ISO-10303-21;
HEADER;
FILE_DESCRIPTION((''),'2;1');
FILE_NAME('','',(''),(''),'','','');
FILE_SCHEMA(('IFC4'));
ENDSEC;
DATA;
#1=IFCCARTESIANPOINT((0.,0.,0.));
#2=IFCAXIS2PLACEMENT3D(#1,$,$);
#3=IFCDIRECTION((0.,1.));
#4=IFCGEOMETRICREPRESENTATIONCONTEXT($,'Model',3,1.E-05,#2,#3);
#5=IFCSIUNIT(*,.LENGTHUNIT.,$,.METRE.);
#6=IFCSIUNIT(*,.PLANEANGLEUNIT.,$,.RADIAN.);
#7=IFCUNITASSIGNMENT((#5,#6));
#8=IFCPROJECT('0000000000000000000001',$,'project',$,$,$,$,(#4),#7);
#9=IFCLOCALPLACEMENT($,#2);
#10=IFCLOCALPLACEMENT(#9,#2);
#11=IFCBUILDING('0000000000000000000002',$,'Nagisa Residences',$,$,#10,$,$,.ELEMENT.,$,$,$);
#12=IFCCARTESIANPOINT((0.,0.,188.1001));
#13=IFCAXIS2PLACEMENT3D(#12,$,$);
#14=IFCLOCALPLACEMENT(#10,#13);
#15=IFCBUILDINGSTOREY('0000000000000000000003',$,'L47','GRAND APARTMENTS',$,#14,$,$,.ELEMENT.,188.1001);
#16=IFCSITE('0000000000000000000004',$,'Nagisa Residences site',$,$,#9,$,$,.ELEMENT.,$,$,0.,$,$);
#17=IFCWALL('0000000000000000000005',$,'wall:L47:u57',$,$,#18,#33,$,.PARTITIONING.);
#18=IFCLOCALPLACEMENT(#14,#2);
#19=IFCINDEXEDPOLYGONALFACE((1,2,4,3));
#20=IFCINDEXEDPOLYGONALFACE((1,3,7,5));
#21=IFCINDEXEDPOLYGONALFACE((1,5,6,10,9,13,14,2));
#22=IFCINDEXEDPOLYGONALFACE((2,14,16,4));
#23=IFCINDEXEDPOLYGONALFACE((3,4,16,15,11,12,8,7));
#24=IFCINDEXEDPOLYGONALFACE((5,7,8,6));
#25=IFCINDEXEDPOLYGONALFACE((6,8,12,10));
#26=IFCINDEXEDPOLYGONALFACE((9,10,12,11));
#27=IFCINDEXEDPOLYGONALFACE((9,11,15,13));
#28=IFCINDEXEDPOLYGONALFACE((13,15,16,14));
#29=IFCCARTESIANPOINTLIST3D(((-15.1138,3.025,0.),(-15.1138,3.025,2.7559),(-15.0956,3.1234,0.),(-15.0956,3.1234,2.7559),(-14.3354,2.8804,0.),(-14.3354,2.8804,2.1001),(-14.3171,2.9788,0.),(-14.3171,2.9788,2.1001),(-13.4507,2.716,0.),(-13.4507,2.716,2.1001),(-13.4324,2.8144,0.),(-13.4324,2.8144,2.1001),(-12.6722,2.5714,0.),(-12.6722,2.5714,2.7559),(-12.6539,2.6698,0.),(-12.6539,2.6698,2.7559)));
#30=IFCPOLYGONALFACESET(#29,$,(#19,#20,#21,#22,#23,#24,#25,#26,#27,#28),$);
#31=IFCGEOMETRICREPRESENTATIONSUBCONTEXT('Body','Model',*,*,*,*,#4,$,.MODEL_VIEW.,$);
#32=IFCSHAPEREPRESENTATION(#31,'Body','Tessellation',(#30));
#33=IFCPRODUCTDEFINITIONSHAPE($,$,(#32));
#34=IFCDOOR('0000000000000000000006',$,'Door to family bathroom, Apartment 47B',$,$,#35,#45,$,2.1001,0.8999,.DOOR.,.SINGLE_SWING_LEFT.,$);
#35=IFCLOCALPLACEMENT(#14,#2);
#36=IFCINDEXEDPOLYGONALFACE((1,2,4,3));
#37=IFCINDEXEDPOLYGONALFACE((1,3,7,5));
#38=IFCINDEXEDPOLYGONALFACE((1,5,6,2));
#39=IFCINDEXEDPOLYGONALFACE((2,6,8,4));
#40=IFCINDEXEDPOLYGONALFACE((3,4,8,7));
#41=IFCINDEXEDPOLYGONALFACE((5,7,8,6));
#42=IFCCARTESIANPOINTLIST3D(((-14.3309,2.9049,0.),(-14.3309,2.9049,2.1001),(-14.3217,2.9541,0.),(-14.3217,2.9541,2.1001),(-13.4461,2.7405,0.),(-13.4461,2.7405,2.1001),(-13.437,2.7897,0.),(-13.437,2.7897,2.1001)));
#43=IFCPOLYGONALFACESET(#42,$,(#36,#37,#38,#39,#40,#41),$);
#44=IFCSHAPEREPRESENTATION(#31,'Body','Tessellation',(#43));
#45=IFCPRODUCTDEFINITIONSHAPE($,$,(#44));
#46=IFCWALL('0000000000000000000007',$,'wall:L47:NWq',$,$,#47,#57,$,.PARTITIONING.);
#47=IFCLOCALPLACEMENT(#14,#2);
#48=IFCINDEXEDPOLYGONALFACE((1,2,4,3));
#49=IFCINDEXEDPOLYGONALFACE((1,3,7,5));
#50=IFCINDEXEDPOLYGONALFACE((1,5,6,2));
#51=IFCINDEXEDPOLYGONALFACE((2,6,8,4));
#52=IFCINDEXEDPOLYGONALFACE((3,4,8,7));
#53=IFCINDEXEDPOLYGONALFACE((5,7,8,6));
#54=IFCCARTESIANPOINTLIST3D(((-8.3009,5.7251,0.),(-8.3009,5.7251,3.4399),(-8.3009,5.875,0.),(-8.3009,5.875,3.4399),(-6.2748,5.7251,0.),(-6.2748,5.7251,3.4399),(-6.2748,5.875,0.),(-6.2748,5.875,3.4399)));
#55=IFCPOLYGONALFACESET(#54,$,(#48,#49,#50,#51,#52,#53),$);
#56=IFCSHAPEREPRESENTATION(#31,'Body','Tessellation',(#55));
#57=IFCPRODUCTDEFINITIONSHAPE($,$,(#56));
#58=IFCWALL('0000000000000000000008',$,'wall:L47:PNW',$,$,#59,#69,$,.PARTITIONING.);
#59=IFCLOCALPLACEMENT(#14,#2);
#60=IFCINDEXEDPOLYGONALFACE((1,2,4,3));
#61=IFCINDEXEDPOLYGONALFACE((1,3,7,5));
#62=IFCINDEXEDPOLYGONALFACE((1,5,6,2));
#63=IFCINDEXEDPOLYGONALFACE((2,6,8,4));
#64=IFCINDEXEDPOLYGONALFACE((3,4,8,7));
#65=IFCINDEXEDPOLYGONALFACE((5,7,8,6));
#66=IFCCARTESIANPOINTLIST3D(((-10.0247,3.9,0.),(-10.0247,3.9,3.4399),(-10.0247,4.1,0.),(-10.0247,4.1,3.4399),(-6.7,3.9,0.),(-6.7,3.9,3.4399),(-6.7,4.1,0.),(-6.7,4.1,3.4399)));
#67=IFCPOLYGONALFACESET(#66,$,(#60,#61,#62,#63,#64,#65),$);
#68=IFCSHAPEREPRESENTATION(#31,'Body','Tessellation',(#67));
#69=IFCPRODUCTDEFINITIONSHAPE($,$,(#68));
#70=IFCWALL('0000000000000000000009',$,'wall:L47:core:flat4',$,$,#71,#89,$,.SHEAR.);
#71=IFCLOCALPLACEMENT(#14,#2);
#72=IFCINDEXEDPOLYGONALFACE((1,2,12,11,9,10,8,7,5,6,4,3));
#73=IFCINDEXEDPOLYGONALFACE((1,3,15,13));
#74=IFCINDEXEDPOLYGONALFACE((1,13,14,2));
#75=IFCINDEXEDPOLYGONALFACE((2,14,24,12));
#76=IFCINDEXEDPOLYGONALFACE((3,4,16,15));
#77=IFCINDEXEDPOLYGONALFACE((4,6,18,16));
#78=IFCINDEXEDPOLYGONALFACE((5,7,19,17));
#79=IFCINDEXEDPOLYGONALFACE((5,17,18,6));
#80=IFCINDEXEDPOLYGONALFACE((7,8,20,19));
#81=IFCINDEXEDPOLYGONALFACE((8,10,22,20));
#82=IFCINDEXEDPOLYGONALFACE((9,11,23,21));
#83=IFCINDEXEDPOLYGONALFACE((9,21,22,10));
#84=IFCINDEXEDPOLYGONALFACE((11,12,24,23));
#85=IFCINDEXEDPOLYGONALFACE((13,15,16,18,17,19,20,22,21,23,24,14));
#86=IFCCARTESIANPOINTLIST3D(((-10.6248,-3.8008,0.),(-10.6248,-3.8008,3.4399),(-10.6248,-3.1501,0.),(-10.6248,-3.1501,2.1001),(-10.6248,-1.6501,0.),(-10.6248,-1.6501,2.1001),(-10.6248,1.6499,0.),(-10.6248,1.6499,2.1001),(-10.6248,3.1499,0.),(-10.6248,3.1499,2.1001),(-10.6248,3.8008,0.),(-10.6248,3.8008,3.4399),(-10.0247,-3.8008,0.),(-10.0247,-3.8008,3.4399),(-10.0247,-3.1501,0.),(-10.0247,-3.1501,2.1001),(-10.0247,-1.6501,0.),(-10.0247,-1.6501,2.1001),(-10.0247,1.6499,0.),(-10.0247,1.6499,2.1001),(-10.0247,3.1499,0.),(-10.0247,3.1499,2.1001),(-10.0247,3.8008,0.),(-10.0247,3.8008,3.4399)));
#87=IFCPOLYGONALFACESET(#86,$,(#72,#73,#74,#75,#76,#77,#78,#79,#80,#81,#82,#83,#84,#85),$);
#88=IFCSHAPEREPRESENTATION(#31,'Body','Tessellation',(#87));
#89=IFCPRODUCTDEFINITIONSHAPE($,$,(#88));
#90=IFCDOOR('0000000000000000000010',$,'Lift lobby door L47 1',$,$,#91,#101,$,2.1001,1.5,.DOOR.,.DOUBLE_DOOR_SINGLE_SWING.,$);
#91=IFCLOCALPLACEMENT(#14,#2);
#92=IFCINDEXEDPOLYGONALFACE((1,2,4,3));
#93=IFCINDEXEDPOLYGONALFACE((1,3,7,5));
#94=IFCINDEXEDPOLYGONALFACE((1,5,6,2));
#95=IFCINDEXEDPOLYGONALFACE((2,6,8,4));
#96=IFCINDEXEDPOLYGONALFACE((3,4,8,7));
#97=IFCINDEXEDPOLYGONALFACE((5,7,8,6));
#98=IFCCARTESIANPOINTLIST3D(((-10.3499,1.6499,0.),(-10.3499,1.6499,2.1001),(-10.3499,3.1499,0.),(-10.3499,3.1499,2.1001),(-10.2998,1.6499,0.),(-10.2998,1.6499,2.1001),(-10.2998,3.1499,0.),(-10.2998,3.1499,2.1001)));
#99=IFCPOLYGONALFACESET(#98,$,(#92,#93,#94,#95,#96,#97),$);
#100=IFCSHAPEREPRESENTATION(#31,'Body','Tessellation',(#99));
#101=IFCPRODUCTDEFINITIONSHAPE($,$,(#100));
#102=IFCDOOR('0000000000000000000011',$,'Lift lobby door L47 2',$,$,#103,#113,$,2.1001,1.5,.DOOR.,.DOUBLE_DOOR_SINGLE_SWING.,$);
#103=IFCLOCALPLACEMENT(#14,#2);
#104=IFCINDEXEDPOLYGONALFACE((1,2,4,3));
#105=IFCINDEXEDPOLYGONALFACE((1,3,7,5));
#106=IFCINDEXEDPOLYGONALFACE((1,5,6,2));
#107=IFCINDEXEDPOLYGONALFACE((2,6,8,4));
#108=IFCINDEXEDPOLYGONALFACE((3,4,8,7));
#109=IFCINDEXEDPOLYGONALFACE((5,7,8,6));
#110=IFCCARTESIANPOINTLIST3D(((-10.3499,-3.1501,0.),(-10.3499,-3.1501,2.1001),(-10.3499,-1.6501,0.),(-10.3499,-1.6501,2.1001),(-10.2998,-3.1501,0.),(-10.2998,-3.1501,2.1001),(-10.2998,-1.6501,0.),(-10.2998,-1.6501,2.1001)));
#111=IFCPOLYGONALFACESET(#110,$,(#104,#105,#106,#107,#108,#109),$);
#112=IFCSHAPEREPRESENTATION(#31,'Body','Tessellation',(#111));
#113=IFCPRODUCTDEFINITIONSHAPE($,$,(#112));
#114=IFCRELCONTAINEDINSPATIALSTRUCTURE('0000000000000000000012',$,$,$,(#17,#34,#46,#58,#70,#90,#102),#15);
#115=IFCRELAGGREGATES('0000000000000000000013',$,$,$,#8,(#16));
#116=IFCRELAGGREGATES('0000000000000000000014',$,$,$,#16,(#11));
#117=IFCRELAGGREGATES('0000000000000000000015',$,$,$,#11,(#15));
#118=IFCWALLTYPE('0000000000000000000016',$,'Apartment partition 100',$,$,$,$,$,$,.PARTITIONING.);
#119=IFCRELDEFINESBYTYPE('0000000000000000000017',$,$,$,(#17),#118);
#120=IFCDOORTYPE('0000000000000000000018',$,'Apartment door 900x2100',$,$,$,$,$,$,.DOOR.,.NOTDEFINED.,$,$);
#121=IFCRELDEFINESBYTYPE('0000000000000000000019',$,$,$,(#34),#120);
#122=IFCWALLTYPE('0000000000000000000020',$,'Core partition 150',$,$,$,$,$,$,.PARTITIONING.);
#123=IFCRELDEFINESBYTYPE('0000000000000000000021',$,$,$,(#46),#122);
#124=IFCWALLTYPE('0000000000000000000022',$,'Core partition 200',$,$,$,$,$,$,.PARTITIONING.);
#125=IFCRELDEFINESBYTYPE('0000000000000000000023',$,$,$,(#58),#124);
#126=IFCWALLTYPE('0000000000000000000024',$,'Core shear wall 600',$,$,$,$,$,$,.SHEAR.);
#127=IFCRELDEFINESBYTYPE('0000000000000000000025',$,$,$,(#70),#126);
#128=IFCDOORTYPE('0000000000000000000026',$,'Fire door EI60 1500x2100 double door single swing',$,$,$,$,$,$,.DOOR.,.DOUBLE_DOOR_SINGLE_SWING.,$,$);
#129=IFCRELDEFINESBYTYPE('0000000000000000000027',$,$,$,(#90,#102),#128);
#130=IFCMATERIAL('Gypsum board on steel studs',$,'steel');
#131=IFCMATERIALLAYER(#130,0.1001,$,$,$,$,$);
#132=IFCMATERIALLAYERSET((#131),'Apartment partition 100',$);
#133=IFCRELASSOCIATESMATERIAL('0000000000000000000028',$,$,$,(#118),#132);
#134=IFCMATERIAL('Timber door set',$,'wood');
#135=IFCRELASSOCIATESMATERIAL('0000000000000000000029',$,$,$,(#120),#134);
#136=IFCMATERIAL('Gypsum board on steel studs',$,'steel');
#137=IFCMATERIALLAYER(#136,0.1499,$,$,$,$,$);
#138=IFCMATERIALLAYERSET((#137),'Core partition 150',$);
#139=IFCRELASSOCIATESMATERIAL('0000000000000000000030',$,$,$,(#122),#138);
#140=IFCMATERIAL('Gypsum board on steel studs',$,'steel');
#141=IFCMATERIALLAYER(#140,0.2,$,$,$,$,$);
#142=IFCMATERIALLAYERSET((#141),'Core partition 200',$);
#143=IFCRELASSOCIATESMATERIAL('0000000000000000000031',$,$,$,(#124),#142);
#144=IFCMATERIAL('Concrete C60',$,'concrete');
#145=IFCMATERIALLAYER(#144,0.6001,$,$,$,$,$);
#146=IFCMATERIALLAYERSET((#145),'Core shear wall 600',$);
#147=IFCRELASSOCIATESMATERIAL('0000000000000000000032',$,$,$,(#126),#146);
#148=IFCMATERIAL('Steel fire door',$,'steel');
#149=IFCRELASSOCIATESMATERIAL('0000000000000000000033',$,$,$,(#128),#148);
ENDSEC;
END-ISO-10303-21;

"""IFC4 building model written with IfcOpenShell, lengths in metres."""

from ifc_helpers import new_model, si_unit, direction, frame, frame_2d, origin, place, context, subcontext, project, spatial, rectangle, extrude, material, layer, layer_set, type_object, element, fill, save


model = new_model("IFC4")

# Units and contexts
model_context = context("Model", 3, precision=1e-05, world=origin(), true_north=direction((0.0, 1.0)))
body_context = subcontext(model_context, "Body", "Model", "MODEL_VIEW")
ifc_project = project(units=[si_unit("LENGTHUNIT", "METRE"), si_unit("PLANEANGLEUNIT", "RADIAN")], contexts=[model_context])

# Site, building, storey
site_placement = place(None, origin())
site = spatial("IfcSite", under=ifc_project, at=site_placement, Name="Nagisa Residences site", CompositionType="ELEMENT", RefElevation=0.0)
building_placement = place(site_placement, origin())
building = spatial("IfcBuilding", under=site, at=building_placement, Name="Nagisa Residences", CompositionType="ELEMENT")
storey_placement = place(building_placement, frame((0.0, 0.0, 188.1001)))
storey = spatial("IfcBuildingStorey", under=building, at=storey_placement, Name="L47", Description="GRAND APARTMENTS", CompositionType="ELEMENT", Elevation=188.1001)

# Shared definitions
ifc_material_1 = material(Name="Gypsum board on steel studs", Category="steel")
ifc_layer_1 = layer(ifc_material_1, 0.1001)
ifc_layer_set_1 = layer_set([ifc_layer_1], Name="Apartment partition 100")
wall_type_1 = type_object("IfcWallType", Name="Apartment partition 100", PredefinedType="PARTITIONING", material=ifc_layer_set_1)
ifc_material_2 = material(Name="Timber door set", Category="wood")
door_type_1 = type_object("IfcDoorType", Name="Apartment door 900x2100", OperationType="NOTDEFINED", PredefinedType="DOOR", material=ifc_material_2)

# Wall, opening, door
wall_1_placement = place(storey_placement, frame((-12.6631, 2.6206, 0.0), z_axis=(0.0, 0.0, 1.0), x_axis=(-0.983177, 0.182656, 0.0)))
wall_1 = element("IfcWall", 1, at=wall_1_placement, inside=storey, type_object=wall_type_1, Name="wall:L47:u57", PredefinedType="PARTITIONING", context=body_context, shape_type="SweptSolid", body=[
    extrude(rectangle(XDim=2.4834, YDim=0.1001, at=frame_2d((1.2417, 0.0))), origin(), (0.0, 0.0, 1.0), 2.7559),
])
opening_1_placement = place(wall_1_placement, frame((0.7917, 0.0, 0.0)))
opening_1 = element("IfcOpeningElement", 2, at=opening_1_placement, cuts=wall_1, PredefinedType="OPENING", context=body_context, shape_type="SweptSolid", body=[
    extrude(rectangle(XDim=0.8999, YDim=2.1001, at=frame_2d((0.45, 1.05))), frame((0.0, 0.0601, 0.0), z_axis=(0.0, -1.0, 0.0), x_axis=(1.0, 0.0, 0.0)), (0.0, 0.0, 1.0), 0.1201),
])
door_1_placement = place(opening_1_placement, frame((0.8999, 0.0, 0.0), x_axis=(-1.0, 0.0, 0.0)))
door_1 = element("IfcDoor", 3, at=door_1_placement, inside=storey, type_object=door_type_1, Name="Door to family bathroom, Apartment 47B", OperationType="SINGLE_SWING_LEFT", OverallHeight=2.1001, OverallWidth=0.8999, PredefinedType="DOOR", context=body_context, shape_type="SweptSolid", body=[
    extrude(rectangle(XDim=0.8999, YDim=2.1001, at=frame_2d((0.45, 1.05))), frame((0.0, 0.0249, 0.0), z_axis=(0.0, -1.0, 0.0), x_axis=(1.0, 0.0, 0.0)), (0.0, 0.0, 1.0), 0.05),
])
fill(opening_1, door_1)

# Walls
ifc_material_3 = material(Name="Gypsum board on steel studs", Category="steel")
ifc_layer_2 = layer(ifc_material_3, 0.1499)
ifc_layer_set_2 = layer_set([ifc_layer_2], Name="Core partition 150")
wall_type_2 = type_object("IfcWallType", Name="Core partition 150", PredefinedType="PARTITIONING", material=ifc_layer_set_2)
wall_2_placement = place(storey_placement, frame((-8.301, 5.8, 0.0), z_axis=(0.0, 0.0, 1.0), x_axis=(1.0, 0.0, 0.0)))
element("IfcWall", 4, at=wall_2_placement, inside=storey, type_object=wall_type_2, Name="wall:L47:NWq", PredefinedType="PARTITIONING", context=body_context, shape_type="SweptSolid", body=[
    extrude(rectangle(XDim=2.0261, YDim=0.1499, at=frame_2d((1.0132, 0.0))), origin(), (0.0, 0.0, 1.0), 3.4399),
])
ifc_material_4 = material(Name="Gypsum board on steel studs", Category="steel")
ifc_layer_3 = layer(ifc_material_4, 0.2)
ifc_layer_set_3 = layer_set([ifc_layer_3], Name="Core partition 200")
wall_type_3 = type_object("IfcWallType", Name="Core partition 200", PredefinedType="PARTITIONING", material=ifc_layer_set_3)
wall_3_placement = place(storey_placement, frame((-10.0247, 4.0, 0.0), z_axis=(0.0, 0.0, 1.0), x_axis=(1.0, 0.0, 0.0)))
element("IfcWall", 5, at=wall_3_placement, inside=storey, type_object=wall_type_3, Name="wall:L47:PNW", PredefinedType="PARTITIONING", context=body_context, shape_type="SweptSolid", body=[
    extrude(rectangle(XDim=3.3247, YDim=0.2, at=frame_2d((1.6624, 0.0))), origin(), (0.0, 0.0, 1.0), 3.4399),
])

# Wall, openings, doors
ifc_material_5 = material(Name="Concrete C60", Category="concrete")
ifc_layer_4 = layer(ifc_material_5, 0.6001)
ifc_layer_set_4 = layer_set([ifc_layer_4], Name="Core shear wall 600")
wall_type_4 = type_object("IfcWallType", Name="Core shear wall 600", PredefinedType="SHEAR", material=ifc_layer_set_4)
wall_4_placement = place(storey_placement, frame((-10.3247, 3.8008, 0.0), z_axis=(0.0, 0.0, 1.0), x_axis=(0.0, -1.0, 0.0)))
wall_4 = element("IfcWall", 6, at=wall_4_placement, inside=storey, type_object=wall_type_4, Name="wall:L47:core:flat4", PredefinedType="SHEAR", context=body_context, shape_type="SweptSolid", body=[
    extrude(rectangle(XDim=7.6016, YDim=0.6001, at=frame_2d((3.8008, 0.0))), origin(), (0.0, 0.0, 1.0), 3.4399),
])
opening_2_placement = place(wall_4_placement, frame((0.6509, 0.0, 0.0)))
opening_2 = element("IfcOpeningElement", 7, at=opening_2_placement, cuts=wall_4, PredefinedType="OPENING", context=body_context, shape_type="SweptSolid", body=[
    extrude(rectangle(XDim=1.5, YDim=2.1001, at=frame_2d((0.75, 1.05))), frame((0.0, 0.3101, 0.0), z_axis=(0.0, -1.0, 0.0), x_axis=(1.0, 0.0, 0.0)), (0.0, 0.0, 1.0), 0.6201),
])
opening_3_placement = place(wall_4_placement, frame((5.4509, 0.0, 0.0)))
opening_3 = element("IfcOpeningElement", 8, at=opening_3_placement, cuts=wall_4, PredefinedType="OPENING", context=body_context, shape_type="SweptSolid", body=[
    extrude(rectangle(XDim=1.5, YDim=2.1001, at=frame_2d((0.75, 1.05))), frame((0.0, 0.3101, 0.0), z_axis=(0.0, -1.0, 0.0), x_axis=(1.0, 0.0, 0.0)), (0.0, 0.0, 1.0), 0.6201),
])
ifc_material_6 = material(Name="Steel fire door", Category="steel")
door_type_2 = type_object("IfcDoorType", Name="Fire door EI60 1500x2100 double door single swing", OperationType="DOUBLE_DOOR_SINGLE_SWING", PredefinedType="DOOR", material=ifc_material_6)
door_2_placement = place(opening_2_placement, origin())
door_2 = element("IfcDoor", 9, at=door_2_placement, inside=storey, type_object=door_type_2, Name="Lift lobby door L47 1", OperationType="DOUBLE_DOOR_SINGLE_SWING", OverallHeight=2.1001, OverallWidth=1.5, PredefinedType="DOOR", context=body_context, shape_type="SweptSolid", body=[
    extrude(rectangle(XDim=1.5, YDim=2.1001, at=frame_2d((0.75, 1.05))), frame((0.0, 0.0249, 0.0), z_axis=(0.0, -1.0, 0.0), x_axis=(1.0, 0.0, 0.0)), (0.0, 0.0, 1.0), 0.05),
])
fill(opening_2, door_2)
door_3_placement = place(opening_3_placement, origin())
door_3 = element("IfcDoor", 10, at=door_3_placement, inside=storey, type_object=door_type_2, Name="Lift lobby door L47 2", OperationType="DOUBLE_DOOR_SINGLE_SWING", OverallHeight=2.1001, OverallWidth=1.5, PredefinedType="DOOR", context=body_context, shape_type="SweptSolid", body=[
    extrude(rectangle(XDim=1.5, YDim=2.1001, at=frame_2d((0.75, 1.05))), frame((0.0, 0.0249, 0.0), z_axis=(0.0, -1.0, 0.0), x_axis=(1.0, 0.0, 0.0)), (0.0, 0.0, 1.0), 0.05),
])
fill(opening_3, door_3)

save(model, "model.ifc")
